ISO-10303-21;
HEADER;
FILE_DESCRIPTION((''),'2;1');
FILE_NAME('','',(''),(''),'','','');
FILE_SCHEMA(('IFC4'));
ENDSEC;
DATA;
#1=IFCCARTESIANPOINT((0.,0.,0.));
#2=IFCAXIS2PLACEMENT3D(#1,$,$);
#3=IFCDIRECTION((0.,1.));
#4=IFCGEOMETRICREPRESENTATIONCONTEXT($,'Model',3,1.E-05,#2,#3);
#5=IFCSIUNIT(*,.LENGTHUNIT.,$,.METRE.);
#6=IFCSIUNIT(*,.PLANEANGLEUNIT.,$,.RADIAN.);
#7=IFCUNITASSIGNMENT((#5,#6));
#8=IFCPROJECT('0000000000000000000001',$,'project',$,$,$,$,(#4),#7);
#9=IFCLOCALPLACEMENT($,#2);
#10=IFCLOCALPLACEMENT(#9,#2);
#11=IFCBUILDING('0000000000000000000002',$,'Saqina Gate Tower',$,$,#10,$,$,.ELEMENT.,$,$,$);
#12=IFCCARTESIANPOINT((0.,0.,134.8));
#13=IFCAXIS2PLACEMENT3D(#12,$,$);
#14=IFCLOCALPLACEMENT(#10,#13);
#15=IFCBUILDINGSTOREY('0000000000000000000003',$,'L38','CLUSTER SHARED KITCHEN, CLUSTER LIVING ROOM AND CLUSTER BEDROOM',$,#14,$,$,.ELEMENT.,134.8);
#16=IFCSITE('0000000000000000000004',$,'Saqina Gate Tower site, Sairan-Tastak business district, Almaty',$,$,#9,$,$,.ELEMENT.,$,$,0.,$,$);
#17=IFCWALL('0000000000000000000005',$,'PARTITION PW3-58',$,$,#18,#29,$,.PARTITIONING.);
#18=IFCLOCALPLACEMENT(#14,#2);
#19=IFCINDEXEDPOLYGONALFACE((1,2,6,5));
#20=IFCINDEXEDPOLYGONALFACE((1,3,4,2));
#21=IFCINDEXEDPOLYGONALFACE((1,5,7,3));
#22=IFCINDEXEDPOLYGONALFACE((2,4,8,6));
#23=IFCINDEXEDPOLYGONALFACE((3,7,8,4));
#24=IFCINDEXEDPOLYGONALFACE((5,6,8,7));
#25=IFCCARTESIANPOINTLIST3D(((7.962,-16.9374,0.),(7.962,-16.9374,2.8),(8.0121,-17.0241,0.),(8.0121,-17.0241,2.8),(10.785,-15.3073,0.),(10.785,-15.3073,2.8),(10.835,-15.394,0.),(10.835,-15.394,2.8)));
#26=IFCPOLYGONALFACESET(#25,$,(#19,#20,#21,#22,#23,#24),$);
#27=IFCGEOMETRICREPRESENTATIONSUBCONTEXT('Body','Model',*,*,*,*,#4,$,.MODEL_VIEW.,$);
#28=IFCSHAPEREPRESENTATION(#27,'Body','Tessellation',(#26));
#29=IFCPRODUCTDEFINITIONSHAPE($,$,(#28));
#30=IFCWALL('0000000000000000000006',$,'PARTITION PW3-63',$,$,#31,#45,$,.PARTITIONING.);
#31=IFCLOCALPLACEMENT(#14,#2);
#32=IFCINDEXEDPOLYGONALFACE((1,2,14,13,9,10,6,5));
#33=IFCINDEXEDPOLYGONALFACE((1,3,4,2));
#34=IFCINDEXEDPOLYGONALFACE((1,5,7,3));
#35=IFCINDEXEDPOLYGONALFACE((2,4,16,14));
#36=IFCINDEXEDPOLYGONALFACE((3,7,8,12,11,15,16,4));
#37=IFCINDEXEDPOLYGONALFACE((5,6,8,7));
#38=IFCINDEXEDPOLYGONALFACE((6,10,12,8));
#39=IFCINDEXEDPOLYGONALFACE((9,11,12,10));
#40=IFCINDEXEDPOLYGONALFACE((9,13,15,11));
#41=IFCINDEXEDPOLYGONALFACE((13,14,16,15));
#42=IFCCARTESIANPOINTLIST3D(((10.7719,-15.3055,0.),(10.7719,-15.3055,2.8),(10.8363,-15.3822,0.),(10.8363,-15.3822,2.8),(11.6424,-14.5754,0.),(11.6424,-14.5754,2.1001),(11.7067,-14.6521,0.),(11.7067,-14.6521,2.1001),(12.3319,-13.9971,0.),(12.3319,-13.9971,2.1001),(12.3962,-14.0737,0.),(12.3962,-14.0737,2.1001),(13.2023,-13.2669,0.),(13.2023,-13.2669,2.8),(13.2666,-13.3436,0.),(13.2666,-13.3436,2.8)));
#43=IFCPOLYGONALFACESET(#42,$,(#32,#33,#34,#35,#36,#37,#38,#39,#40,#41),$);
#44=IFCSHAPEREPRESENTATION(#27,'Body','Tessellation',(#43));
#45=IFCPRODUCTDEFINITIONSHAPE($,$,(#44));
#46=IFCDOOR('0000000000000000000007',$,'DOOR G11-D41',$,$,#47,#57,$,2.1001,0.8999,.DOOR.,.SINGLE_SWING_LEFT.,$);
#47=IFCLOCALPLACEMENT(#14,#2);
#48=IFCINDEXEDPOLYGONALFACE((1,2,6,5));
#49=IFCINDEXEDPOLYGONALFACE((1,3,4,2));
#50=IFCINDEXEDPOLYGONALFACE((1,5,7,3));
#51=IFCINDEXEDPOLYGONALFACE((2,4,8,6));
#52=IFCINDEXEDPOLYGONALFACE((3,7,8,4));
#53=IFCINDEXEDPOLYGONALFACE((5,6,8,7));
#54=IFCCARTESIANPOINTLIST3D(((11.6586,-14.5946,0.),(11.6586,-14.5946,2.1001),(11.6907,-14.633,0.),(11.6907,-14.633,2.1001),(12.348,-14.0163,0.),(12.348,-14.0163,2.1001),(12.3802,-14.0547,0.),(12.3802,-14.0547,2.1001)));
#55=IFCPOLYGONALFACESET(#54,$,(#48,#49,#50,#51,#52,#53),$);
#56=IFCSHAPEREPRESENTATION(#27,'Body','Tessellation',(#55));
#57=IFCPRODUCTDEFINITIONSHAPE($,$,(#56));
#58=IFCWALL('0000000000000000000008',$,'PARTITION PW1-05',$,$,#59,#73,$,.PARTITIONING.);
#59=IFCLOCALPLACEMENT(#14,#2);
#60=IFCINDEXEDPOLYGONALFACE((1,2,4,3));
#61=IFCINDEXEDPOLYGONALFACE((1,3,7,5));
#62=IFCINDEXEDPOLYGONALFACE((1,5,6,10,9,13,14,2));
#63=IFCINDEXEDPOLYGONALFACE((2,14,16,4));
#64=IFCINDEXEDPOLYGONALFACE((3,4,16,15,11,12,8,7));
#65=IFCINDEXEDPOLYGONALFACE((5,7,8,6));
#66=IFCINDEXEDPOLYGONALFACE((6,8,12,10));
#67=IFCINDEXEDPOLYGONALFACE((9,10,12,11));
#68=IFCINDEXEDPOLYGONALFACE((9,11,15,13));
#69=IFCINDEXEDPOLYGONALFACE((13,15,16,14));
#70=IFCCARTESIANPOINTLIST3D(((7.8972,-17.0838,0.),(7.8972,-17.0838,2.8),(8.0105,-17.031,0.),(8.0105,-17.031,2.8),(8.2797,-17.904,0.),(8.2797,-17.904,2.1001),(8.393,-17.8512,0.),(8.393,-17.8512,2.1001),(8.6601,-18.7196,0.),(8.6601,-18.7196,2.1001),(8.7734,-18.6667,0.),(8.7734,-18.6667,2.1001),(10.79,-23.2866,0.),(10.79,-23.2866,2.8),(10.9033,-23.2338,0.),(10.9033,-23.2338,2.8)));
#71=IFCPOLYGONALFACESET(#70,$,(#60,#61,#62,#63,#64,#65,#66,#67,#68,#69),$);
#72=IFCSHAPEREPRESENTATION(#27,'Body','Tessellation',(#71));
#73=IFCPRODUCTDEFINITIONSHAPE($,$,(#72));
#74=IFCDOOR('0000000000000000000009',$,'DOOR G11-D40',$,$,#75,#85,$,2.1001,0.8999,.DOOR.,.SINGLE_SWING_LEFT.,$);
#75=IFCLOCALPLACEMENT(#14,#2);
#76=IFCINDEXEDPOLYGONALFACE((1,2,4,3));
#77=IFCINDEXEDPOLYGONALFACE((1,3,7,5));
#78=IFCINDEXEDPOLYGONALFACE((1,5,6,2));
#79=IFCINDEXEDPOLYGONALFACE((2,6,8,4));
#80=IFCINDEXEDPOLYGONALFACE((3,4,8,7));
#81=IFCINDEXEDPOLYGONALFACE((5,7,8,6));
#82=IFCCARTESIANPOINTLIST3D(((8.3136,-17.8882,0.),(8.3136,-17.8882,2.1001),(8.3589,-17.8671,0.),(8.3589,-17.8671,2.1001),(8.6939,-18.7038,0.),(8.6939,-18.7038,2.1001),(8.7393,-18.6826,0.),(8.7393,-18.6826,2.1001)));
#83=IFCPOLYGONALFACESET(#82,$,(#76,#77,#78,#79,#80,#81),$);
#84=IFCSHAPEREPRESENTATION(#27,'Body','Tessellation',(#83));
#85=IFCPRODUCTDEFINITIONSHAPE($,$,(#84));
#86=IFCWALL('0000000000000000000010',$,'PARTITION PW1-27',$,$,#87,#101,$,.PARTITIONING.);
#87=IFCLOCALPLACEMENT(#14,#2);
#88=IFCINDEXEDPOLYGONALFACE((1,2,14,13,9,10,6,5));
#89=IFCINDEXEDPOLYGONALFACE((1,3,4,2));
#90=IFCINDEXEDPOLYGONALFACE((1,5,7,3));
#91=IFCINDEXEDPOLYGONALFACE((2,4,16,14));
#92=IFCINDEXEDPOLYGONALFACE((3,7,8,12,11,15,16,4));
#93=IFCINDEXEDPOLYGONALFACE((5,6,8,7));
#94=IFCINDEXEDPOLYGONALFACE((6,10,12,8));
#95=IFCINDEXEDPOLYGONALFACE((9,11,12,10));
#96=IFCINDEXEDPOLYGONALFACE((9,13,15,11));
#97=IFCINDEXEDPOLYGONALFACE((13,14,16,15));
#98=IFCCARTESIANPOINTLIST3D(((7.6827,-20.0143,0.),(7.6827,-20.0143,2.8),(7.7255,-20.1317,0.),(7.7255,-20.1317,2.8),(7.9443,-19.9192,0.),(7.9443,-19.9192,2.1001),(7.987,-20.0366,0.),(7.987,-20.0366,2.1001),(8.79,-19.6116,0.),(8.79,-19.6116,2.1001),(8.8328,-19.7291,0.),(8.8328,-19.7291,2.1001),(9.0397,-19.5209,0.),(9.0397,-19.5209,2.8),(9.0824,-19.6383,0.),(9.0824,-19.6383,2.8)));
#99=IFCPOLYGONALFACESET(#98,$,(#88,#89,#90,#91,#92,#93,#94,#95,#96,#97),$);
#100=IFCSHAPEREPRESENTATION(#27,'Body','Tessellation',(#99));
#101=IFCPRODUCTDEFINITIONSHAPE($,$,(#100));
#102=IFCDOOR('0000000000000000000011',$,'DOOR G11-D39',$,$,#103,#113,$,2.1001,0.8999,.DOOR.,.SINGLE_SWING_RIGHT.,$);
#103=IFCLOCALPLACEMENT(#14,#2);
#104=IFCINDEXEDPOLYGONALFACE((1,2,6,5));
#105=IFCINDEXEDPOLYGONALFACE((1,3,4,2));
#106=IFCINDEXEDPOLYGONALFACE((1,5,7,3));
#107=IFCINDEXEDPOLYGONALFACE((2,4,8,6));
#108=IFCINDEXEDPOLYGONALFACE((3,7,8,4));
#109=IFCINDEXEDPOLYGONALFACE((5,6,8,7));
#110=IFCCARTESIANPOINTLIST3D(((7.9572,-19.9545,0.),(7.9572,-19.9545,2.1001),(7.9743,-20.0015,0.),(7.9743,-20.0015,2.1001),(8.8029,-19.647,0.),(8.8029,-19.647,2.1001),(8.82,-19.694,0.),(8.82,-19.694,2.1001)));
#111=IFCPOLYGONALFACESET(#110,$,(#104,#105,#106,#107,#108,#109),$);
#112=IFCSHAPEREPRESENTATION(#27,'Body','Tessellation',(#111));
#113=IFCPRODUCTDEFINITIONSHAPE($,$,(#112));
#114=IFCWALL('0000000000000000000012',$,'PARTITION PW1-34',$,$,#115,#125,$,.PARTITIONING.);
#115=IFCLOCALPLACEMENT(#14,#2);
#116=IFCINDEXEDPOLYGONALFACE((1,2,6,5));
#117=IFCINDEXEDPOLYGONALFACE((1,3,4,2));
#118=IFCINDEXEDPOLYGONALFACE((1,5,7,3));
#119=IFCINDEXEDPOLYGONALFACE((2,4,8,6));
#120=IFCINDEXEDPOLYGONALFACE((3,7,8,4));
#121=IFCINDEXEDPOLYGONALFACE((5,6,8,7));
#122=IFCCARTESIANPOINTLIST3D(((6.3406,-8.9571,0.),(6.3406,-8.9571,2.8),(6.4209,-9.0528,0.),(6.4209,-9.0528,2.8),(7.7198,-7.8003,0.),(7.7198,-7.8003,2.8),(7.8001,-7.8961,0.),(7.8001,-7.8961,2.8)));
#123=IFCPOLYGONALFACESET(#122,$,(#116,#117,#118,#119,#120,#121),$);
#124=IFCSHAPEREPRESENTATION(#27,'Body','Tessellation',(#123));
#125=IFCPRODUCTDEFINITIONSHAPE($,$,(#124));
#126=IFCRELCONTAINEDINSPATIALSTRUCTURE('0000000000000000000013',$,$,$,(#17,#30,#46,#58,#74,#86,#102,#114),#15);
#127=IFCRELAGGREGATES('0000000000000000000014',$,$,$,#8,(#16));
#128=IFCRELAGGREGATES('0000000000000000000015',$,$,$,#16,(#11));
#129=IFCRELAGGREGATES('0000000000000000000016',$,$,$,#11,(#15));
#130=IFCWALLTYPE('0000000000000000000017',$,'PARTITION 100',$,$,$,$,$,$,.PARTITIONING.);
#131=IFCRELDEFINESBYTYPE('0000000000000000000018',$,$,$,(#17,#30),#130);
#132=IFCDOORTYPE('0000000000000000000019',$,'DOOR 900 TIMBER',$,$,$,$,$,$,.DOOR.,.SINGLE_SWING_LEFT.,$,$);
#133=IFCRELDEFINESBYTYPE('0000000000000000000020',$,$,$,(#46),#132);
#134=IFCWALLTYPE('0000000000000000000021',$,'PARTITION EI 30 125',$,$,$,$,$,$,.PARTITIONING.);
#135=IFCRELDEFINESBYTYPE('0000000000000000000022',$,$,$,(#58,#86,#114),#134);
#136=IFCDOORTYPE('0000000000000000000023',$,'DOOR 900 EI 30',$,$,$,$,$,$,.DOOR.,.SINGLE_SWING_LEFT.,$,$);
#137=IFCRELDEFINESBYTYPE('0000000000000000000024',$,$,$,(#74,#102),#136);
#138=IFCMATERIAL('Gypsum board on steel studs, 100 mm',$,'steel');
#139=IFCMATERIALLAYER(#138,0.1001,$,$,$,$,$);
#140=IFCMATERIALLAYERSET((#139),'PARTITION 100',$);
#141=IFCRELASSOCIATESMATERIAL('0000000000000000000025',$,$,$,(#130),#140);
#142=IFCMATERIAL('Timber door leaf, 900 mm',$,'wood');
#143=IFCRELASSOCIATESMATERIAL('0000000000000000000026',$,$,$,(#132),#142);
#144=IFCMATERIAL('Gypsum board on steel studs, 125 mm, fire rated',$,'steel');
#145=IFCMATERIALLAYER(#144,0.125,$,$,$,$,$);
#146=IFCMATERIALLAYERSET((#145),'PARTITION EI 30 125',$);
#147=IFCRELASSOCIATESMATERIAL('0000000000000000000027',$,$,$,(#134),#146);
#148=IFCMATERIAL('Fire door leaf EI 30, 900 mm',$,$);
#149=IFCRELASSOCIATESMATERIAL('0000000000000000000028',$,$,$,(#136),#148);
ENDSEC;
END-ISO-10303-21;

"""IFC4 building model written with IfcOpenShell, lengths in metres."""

from ifc_helpers import new_model, si_unit, direction, frame, frame_2d, origin, place, context, subcontext, project, spatial, rectangle, extrude, material, layer, layer_set, type_object, element, fill, save


model = new_model("IFC4")

# Units and contexts
model_context = context("Model", 3, precision=1e-05, world=origin(), true_north=direction((0.0, 1.0)))
body_context = subcontext(model_context, "Body", "Model", "MODEL_VIEW")
ifc_project = project(units=[si_unit("LENGTHUNIT", "METRE"), si_unit("PLANEANGLEUNIT", "RADIAN")], contexts=[model_context])

# Site, building, storey
site_placement = place(None, origin())
site = spatial("IfcSite", under=ifc_project, at=site_placement, Name="Saqina Gate Tower site, Sairan-Tastak business district, Almaty", CompositionType="ELEMENT", RefElevation=0.0)
building_placement = place(site_placement, origin())
building = spatial("IfcBuilding", under=site, at=building_placement, Name="Saqina Gate Tower", CompositionType="ELEMENT")
storey_placement = place(building_placement, frame((0.0, 0.0, 134.8)))
storey = spatial("IfcBuildingStorey", under=building, at=storey_placement, Name="L38", Description="CLUSTER SHARED KITCHEN, CLUSTER LIVING ROOM AND CLUSTER BEDROOM", CompositionType="ELEMENT", Elevation=134.8)

# Shared definitions
ifc_material_1 = material(Name="Gypsum board on steel studs, 100 mm", Category="steel")
ifc_layer_1 = layer(ifc_material_1, 0.1001)
ifc_layer_set_1 = layer_set([ifc_layer_1], Name="PARTITION 100")
wall_type_1 = type_object("IfcWallType", Name="PARTITION 100", PredefinedType="PARTITIONING", material=ifc_layer_set_1)

# Shared definitions
ifc_material_2 = material(Name="Timber door leaf, 900 mm", Category="wood")
door_type_1 = type_object("IfcDoorType", Name="DOOR 900 TIMBER", OperationType="SINGLE_SWING_LEFT", PredefinedType="DOOR", material=ifc_material_2)

# Wall
wall_1_placement = place(storey_placement, frame((7.9871, -16.9807, 0.0), z_axis=(0.0, 0.0, 1.0), x_axis=(0.86599, 0.500062, 0.0)))
element("IfcWall", 1, at=wall_1_placement, inside=storey, type_object=wall_type_1, Name="PARTITION PW3-58", PredefinedType="PARTITIONING", context=body_context, shape_type="SweptSolid", body=[
    extrude(rectangle(XDim=3.2598, YDim=0.1001, at=frame_2d((1.6299, 0.0))), origin(), (0.0, 0.0, 1.0), 2.8),
])

# Walls, openings, doors
wall_2_placement = place(storey_placement, frame((10.8042, -15.3438, 0.0), z_axis=(0.0, 0.0, 1.0), x_axis=(0.766167, 0.642641, 0.0)))
wall_2 = element("IfcWall", 2, at=wall_2_placement, inside=storey, type_object=wall_type_1, Name="PARTITION PW3-63", PredefinedType="PARTITIONING", context=body_context, shape_type="SweptSolid", body=[
    extrude(rectangle(XDim=3.1721, YDim=0.1001, at=frame_2d((1.5859, 0.0))), origin(), (0.0, 0.0, 1.0), 2.8),
])
opening_1_placement = place(wall_2_placement, frame((1.136, 0.0, 0.0)))
opening_1 = element("IfcOpeningElement", 3, at=opening_1_placement, cuts=wall_2, PredefinedType="OPENING", context=body_context, shape_type="SweptSolid", body=[
    extrude(rectangle(XDim=0.8999, YDim=2.1001, at=frame_2d((0.45, 1.05))), frame((0.0, 0.062, 0.0), z_axis=(0.0, -1.0, 0.0), x_axis=(1.0, 0.0, 0.0)), (0.0, 0.0, 1.0), 0.124),
])
door_1_placement = place(opening_1_placement, origin())
door_1 = element("IfcDoor", 4, at=door_1_placement, inside=storey, type_object=door_type_1, Name="DOOR G11-D41", OperationType="SINGLE_SWING_LEFT", OverallHeight=2.1001, OverallWidth=0.8999, PredefinedType="DOOR", context=body_context, shape_type="SweptSolid", body=[
    extrude(rectangle(XDim=0.8999, YDim=2.1001, at=frame_2d((0.45, 1.05))), frame((0.0, 0.0249, 0.0), z_axis=(0.0, -1.0, 0.0), x_axis=(1.0, 0.0, 0.0)), (0.0, 0.0, 1.0), 0.05),
])
fill(opening_1, door_1)
ifc_material_3 = material(Name="Gypsum board on steel studs, 125 mm, fire rated", Category="steel")
ifc_layer_2 = layer(ifc_material_3, 0.125)
ifc_layer_set_2 = layer_set([ifc_layer_2], Name="PARTITION EI 30 125")
wall_type_2 = type_object("IfcWallType", Name="PARTITION EI 30 125", PredefinedType="PARTITIONING", material=ifc_layer_set_2)
wall_3_placement = place(storey_placement, frame((7.9539, -17.0574, 0.0), z_axis=(0.0, 0.0, 1.0), x_axis=(0.422663, -0.906287, 0.0)))
wall_3 = element("IfcWall", 5, at=wall_3_placement, inside=storey, type_object=wall_type_2, Name="PARTITION PW1-05", PredefinedType="PARTITIONING", context=body_context, shape_type="SweptSolid", body=[
    extrude(rectangle(XDim=6.8442, YDim=0.125, at=frame_2d((3.4221, 0.0))), origin(), (0.0, 0.0, 1.0), 2.8),
])
opening_2_placement = place(wall_3_placement, frame((0.905, 0.0, 0.0)))
opening_2 = element("IfcOpeningElement", 6, at=opening_2_placement, cuts=wall_3, PredefinedType="OPENING", context=body_context, shape_type="SweptSolid", body=[
    extrude(rectangle(XDim=0.8999, YDim=2.1001, at=frame_2d((0.45, 1.05))), frame((0.0, 0.0745, 0.0), z_axis=(0.0, -1.0, 0.0), x_axis=(1.0, 0.0, 0.0)), (0.0, 0.0, 1.0), 0.1489),
])
ifc_material_4 = material(Name="Fire door leaf EI 30, 900 mm")
door_type_2 = type_object("IfcDoorType", Name="DOOR 900 EI 30", OperationType="SINGLE_SWING_LEFT", PredefinedType="DOOR", material=ifc_material_4)
door_2_placement = place(opening_2_placement, origin())
door_2 = element("IfcDoor", 7, at=door_2_placement, inside=storey, type_object=door_type_2, Name="DOOR G11-D40", OperationType="SINGLE_SWING_LEFT", OverallHeight=2.1001, OverallWidth=0.8999, PredefinedType="DOOR", context=body_context, shape_type="SweptSolid", body=[
    extrude(rectangle(XDim=0.8999, YDim=2.1001, at=frame_2d((0.45, 1.05))), frame((0.0, 0.0249, 0.0), z_axis=(0.0, -1.0, 0.0), x_axis=(1.0, 0.0, 0.0)), (0.0, 0.0, 1.0), 0.05),
])
fill(opening_2, door_2)
wall_4_placement = place(storey_placement, frame((7.7041, -20.073, 0.0), z_axis=(0.0, 0.0, 1.0), x_axis=(0.939798, 0.341729, 0.0)))
wall_4 = element("IfcWall", 8, at=wall_4_placement, inside=storey, type_object=wall_type_2, Name="PARTITION PW1-27", PredefinedType="PARTITIONING", context=body_context, shape_type="SweptSolid", body=[
    extrude(rectangle(XDim=1.4438, YDim=0.125, at=frame_2d((0.7219, 0.0))), origin(), (0.0, 0.0, 1.0), 2.8),
])
opening_3_placement = place(wall_4_placement, frame((0.2783, 0.0, 0.0)))
opening_3 = element("IfcOpeningElement", 9, at=opening_3_placement, cuts=wall_4, PredefinedType="OPENING", context=body_context, shape_type="SweptSolid", body=[
    extrude(rectangle(XDim=0.8999, YDim=2.1001, at=frame_2d((0.45, 1.05))), frame((0.0, 0.0745, 0.0), z_axis=(0.0, -1.0, 0.0), x_axis=(1.0, 0.0, 0.0)), (0.0, 0.0, 1.0), 0.1489),
])
door_3_placement = place(opening_3_placement, origin())
door_3 = element("IfcDoor", 10, at=door_3_placement, inside=storey, type_object=door_type_2, Name="DOOR G11-D39", OperationType="SINGLE_SWING_RIGHT", OverallHeight=2.1001, OverallWidth=0.8999, PredefinedType="DOOR", context=body_context, shape_type="SweptSolid", body=[
    extrude(rectangle(XDim=0.8999, YDim=2.1001, at=frame_2d((0.45, 1.05))), frame((0.0, 0.0249, 0.0), z_axis=(0.0, -1.0, 0.0), x_axis=(1.0, 0.0, 0.0)), (0.0, 0.0, 1.0), 0.05),
])
fill(opening_3, door_3)

# Wall
wall_5_placement = place(storey_placement, frame((6.3809, -9.0049, 0.0), z_axis=(0.0, 0.0, 1.0), x_axis=(0.766183, 0.642623, 0.0)))
element("IfcWall", 11, at=wall_5_placement, inside=storey, type_object=wall_type_2, Name="PARTITION PW1-34", PredefinedType="PARTITIONING", context=body_context, shape_type="SweptSolid", body=[
    extrude(rectangle(XDim=1.8, YDim=0.125, at=frame_2d((0.8999, 0.0))), origin(), (0.0, 0.0, 1.0), 2.8),
])

save(model, "model.ifc")
